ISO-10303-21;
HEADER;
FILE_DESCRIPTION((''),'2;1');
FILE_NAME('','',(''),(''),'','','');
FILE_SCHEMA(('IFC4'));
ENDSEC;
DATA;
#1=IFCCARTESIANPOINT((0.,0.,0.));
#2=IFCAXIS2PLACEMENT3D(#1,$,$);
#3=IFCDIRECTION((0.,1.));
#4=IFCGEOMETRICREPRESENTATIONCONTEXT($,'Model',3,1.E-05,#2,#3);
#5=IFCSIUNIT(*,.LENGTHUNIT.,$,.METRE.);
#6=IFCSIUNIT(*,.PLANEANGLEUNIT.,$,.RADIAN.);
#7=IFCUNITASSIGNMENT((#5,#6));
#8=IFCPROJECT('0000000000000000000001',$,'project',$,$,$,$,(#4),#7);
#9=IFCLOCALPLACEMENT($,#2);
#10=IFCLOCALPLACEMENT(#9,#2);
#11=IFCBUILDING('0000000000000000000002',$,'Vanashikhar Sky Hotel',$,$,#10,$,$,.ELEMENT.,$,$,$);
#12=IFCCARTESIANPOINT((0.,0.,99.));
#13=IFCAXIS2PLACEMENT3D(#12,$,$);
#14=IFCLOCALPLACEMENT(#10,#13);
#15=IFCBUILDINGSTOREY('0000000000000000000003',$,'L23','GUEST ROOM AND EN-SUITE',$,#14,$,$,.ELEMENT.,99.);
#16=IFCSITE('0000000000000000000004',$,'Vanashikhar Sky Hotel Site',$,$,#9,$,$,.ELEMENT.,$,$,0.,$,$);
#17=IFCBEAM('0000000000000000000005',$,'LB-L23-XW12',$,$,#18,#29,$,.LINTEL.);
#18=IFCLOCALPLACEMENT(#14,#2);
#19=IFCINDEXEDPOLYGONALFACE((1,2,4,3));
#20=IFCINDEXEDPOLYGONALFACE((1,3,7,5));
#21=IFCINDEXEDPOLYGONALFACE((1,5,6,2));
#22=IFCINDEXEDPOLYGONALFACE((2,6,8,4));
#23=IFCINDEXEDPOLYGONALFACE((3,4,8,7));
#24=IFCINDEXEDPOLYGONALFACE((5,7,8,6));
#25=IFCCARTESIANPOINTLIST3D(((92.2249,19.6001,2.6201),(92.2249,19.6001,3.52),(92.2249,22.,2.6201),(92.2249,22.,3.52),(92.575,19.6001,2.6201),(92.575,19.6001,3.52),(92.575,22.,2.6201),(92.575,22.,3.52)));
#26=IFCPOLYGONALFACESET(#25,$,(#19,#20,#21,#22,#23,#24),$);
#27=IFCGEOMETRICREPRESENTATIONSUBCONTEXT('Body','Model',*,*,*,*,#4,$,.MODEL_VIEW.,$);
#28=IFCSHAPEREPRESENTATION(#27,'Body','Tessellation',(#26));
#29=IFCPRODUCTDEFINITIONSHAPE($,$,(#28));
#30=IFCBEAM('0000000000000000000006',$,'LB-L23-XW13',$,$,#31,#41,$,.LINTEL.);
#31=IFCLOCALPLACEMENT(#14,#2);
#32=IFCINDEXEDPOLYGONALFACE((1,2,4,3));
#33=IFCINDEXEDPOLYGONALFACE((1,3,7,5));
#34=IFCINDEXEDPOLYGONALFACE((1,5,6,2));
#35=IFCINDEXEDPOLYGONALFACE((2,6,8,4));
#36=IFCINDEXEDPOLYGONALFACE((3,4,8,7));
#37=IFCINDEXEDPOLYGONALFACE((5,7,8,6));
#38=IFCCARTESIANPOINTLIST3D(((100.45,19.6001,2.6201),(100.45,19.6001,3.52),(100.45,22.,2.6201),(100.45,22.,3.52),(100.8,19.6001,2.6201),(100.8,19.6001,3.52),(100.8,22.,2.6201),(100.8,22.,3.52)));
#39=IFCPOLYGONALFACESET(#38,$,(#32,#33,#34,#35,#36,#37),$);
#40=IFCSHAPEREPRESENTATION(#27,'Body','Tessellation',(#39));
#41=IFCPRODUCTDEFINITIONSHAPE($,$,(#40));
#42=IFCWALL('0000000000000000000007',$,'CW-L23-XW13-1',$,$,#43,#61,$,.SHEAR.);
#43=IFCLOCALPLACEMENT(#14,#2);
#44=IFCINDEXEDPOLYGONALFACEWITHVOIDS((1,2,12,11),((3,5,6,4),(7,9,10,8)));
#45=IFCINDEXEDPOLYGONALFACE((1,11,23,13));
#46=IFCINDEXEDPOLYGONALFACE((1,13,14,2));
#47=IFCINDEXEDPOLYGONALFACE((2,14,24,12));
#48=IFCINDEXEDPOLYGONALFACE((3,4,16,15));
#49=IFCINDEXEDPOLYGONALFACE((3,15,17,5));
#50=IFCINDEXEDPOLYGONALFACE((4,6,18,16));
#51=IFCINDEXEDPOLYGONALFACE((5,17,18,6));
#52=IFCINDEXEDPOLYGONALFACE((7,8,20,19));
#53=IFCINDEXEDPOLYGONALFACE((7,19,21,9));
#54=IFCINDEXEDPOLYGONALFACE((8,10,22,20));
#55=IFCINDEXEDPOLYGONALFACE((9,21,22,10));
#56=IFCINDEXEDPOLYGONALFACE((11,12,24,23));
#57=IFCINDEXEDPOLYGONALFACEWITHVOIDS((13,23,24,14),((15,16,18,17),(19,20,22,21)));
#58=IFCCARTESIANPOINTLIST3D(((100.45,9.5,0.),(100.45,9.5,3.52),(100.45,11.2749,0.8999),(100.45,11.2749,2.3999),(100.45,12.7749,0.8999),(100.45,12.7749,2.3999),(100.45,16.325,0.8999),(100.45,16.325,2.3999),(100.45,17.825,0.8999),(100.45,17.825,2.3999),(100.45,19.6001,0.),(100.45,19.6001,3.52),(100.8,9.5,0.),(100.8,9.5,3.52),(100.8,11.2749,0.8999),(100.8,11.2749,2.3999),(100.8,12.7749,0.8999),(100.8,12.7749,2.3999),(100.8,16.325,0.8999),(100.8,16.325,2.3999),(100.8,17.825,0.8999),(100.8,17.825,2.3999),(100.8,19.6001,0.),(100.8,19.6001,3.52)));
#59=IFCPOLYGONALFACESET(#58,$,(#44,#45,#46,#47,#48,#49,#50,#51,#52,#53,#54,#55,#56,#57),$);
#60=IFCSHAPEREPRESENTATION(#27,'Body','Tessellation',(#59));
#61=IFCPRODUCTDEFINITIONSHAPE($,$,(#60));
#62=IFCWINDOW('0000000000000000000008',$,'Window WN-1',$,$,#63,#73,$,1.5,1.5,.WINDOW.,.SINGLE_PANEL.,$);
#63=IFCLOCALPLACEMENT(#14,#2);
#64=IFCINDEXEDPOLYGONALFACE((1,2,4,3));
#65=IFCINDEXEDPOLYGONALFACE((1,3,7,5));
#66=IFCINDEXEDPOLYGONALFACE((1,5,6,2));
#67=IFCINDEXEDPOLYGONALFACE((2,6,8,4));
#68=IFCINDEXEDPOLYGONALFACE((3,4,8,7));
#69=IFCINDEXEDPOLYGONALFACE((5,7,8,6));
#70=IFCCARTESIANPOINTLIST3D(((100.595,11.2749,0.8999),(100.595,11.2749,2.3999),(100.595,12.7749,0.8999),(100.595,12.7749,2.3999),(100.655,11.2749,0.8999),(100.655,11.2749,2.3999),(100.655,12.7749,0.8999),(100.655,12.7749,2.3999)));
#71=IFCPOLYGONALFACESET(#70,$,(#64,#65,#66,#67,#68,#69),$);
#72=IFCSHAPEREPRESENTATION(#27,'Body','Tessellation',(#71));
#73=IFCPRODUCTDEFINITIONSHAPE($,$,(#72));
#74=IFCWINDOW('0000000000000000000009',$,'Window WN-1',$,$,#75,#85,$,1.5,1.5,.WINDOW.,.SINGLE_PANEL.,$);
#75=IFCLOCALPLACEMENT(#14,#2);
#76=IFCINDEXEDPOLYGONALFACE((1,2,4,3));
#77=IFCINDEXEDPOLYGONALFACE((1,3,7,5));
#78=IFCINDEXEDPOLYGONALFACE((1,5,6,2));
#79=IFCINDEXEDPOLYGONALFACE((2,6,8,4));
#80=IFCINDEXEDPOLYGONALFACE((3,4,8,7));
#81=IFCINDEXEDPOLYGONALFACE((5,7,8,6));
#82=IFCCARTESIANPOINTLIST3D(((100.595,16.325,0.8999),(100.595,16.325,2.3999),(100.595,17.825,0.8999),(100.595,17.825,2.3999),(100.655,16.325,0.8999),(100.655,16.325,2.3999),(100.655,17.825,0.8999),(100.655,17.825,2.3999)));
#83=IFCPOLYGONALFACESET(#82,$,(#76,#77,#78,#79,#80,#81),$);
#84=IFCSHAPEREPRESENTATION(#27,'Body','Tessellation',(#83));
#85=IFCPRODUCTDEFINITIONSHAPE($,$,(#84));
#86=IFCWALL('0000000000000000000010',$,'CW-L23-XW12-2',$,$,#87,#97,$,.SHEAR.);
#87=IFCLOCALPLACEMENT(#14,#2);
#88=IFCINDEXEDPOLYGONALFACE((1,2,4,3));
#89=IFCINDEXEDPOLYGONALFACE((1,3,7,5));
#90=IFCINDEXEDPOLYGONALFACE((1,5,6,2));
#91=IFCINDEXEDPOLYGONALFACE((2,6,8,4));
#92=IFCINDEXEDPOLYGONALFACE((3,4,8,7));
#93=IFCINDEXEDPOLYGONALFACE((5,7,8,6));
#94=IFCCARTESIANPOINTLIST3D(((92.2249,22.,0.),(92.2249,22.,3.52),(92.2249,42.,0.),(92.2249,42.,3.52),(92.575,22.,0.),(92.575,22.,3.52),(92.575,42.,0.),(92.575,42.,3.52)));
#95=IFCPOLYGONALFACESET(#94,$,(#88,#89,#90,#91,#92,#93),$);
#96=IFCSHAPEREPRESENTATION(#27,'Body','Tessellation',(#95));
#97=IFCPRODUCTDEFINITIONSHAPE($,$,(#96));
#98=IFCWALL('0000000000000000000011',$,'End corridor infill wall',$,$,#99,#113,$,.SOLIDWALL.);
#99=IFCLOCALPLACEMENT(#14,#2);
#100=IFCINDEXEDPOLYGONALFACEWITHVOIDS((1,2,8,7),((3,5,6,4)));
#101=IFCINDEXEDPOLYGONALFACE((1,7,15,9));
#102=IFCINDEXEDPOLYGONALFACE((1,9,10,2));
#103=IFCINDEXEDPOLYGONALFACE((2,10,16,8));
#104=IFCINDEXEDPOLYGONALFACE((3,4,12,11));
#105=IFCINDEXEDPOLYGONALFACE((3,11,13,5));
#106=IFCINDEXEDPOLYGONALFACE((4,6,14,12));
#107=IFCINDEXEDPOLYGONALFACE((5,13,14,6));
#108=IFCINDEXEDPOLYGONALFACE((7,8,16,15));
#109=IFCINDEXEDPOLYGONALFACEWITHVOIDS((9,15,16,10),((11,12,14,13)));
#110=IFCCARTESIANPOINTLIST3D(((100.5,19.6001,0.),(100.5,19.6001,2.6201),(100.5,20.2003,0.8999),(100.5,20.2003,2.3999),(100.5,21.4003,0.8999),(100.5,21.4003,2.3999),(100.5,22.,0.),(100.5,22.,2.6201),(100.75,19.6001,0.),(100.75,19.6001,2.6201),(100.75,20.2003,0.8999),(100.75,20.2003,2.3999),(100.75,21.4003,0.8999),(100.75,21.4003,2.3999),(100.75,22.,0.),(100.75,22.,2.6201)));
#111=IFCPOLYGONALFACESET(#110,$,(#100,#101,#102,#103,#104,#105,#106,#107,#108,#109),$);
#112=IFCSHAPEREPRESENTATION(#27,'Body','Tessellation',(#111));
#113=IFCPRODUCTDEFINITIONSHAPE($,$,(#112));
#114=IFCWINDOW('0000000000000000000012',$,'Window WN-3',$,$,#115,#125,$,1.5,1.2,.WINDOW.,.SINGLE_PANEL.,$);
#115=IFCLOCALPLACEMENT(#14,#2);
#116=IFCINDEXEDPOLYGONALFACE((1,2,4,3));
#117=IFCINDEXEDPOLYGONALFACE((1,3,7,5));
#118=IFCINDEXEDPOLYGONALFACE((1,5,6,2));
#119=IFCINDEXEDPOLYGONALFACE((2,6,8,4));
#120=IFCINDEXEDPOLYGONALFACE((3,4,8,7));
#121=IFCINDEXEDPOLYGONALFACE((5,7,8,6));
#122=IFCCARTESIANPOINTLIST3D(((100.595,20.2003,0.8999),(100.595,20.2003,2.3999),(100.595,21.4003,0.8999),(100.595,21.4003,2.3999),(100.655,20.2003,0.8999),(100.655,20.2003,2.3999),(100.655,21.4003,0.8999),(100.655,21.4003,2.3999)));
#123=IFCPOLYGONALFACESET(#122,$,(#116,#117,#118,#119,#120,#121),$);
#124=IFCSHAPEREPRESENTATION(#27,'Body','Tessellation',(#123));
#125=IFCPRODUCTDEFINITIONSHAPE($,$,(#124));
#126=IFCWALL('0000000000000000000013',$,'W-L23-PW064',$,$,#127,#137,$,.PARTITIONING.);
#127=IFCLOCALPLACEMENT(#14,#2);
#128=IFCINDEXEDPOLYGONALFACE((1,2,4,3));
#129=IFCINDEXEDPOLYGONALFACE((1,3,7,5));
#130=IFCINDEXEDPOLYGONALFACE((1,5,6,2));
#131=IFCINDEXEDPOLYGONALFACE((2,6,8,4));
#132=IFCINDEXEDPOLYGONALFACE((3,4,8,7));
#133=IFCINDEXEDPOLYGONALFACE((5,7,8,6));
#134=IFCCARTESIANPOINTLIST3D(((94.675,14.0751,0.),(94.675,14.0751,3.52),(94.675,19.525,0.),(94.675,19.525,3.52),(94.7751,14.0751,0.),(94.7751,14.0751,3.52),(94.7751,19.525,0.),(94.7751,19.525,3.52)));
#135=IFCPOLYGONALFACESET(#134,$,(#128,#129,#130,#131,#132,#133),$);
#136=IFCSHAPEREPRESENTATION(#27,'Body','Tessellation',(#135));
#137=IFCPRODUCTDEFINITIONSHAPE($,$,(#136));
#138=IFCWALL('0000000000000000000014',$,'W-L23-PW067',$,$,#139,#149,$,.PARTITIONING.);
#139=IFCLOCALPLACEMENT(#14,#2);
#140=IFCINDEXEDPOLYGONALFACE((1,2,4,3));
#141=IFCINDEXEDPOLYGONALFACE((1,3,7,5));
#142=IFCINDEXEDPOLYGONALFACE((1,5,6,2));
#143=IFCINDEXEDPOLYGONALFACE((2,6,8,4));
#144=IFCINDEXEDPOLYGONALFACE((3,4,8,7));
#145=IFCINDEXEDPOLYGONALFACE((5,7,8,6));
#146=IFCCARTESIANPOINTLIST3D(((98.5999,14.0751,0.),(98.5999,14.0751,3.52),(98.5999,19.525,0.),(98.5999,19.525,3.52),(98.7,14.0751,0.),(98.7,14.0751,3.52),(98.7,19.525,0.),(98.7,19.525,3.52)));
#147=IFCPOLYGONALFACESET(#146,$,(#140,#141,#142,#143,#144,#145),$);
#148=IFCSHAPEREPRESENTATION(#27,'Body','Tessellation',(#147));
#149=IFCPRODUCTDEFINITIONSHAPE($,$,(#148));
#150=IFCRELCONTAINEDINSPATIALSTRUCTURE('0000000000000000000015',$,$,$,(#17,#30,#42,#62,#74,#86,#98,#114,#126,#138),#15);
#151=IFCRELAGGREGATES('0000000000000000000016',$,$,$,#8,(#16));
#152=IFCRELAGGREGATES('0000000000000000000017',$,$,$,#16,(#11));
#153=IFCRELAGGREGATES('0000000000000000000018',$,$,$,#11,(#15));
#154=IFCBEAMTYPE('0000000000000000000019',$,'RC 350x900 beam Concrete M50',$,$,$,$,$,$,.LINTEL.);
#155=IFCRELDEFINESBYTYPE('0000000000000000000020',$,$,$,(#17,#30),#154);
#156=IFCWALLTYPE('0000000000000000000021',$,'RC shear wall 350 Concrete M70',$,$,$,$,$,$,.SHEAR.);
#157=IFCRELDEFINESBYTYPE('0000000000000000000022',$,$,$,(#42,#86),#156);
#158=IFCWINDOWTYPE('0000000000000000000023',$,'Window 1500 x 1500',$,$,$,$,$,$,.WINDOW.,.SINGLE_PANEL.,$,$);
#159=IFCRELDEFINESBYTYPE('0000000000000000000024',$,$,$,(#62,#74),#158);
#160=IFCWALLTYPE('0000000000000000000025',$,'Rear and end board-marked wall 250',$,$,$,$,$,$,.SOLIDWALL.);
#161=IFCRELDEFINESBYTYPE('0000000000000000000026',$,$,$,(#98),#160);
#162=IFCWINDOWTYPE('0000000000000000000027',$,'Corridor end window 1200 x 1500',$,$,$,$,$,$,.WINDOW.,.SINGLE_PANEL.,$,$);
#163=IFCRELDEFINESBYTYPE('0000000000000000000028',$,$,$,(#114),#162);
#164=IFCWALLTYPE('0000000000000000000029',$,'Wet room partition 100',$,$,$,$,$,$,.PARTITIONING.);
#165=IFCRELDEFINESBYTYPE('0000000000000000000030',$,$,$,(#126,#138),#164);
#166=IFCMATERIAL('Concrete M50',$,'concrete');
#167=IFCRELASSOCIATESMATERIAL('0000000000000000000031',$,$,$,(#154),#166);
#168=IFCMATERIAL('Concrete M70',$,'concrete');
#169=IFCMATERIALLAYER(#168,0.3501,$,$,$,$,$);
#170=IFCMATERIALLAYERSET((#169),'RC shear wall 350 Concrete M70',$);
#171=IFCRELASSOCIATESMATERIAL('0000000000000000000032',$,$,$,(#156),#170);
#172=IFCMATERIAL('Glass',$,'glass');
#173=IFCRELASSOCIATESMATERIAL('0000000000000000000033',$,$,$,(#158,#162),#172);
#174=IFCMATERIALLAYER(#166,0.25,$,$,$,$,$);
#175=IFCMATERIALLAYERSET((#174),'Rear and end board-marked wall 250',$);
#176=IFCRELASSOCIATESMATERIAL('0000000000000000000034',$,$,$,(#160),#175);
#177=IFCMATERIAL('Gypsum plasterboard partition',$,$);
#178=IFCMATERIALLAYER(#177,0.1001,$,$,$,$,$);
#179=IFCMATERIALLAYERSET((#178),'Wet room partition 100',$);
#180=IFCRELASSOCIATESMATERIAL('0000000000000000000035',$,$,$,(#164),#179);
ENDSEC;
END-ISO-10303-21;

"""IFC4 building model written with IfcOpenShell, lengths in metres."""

from ifc_helpers import new_model, si_unit, direction, frame, frame_2d, origin, origin_2d, place, context, subcontext, project, spatial, rectangle, extrude, source, transform, mapped, material, layer, layer_set, material_profile, profile_set, type_object, element, fill, save


model = new_model("IFC4")

# Units and contexts
model_context = context("Model", 3, precision=1e-05, world=origin(), true_north=direction((0.0, 1.0)))
body_context = subcontext(model_context, "Body", "Model", "MODEL_VIEW")
ifc_project = project(units=[si_unit("LENGTHUNIT", "METRE"), si_unit("PLANEANGLEUNIT", "RADIAN")], contexts=[model_context])

# Site, building, storey
site_placement = place(None, origin())
site = spatial("IfcSite", under=ifc_project, at=site_placement, Name="Vanashikhar Sky Hotel Site", CompositionType="ELEMENT", RefElevation=0.0)
building_placement = place(site_placement, origin())
building = spatial("IfcBuilding", under=site, at=building_placement, Name="Vanashikhar Sky Hotel", CompositionType="ELEMENT")
storey_placement = place(building_placement, frame((0.0, 0.0, 99.0)))
storey = spatial("IfcBuildingStorey", under=building, at=storey_placement, Name="L23", Description="GUEST ROOM AND EN-SUITE", CompositionType="ELEMENT", Elevation=99.0)

# Beams
ifc_material_1 = material(Name="Concrete M50", Category="concrete")
ifc_material_profile = material_profile(ifc_material_1, rectangle(XDim=0.3501, YDim=0.8999, at=origin_2d()))
ifc_profile_set = profile_set([ifc_material_profile], Name="RC 350x900 beam Concrete M50")
beam_type = type_object("IfcBeamType", Name="RC 350x900 beam Concrete M50", PredefinedType="LINTEL", material=ifc_profile_set)
shared_shape_1 = source(origin(), body_context, "Body", "SweptSolid", [
    extrude(rectangle(XDim=0.3501, YDim=0.8999, at=origin_2d()), origin(), (0.0, 0.0, 1.0), 2.3999),
])
for number, where, z_axis, x_axis, name in (
    (1, (92.3999, 19.6001, 3.0701), (0.0, 1.0, 0.0), (-1.0, 0.0, 0.0), "LB-L23-XW12"),
    (2, (100.625, 19.6001, 3.0701), (0.0, 1.0, 0.0), (-1.0, 0.0, 0.0), "LB-L23-XW13"),
):
    element("IfcBeam", number, at=place(storey_placement, frame(where, z_axis=z_axis, x_axis=x_axis)), inside=storey, type_object=beam_type, Name=name, PredefinedType="LINTEL", context=body_context, shape_type="MappedRepresentation", body=[
        mapped(shared_shape_1, transform((0.0, 0.0, 0.0), scale=1.0)),
    ])

# Wall, openings, windows
ifc_material_2 = material(Name="Concrete M70", Category="concrete")
ifc_layer_1 = layer(ifc_material_2, 0.3501)
ifc_layer_set_1 = layer_set([ifc_layer_1], Name="RC shear wall 350 Concrete M70")
wall_type_1 = type_object("IfcWallType", Name="RC shear wall 350 Concrete M70", PredefinedType="SHEAR", material=ifc_layer_set_1)
shared_shape_2 = source(origin(), body_context, "Body", "SweptSolid", [
    extrude(rectangle(XDim=10.1001, YDim=0.3501, at=frame_2d((5.05, 0.0))), origin(), (0.0, 0.0, 1.0), 3.52),
])
wall_1_placement = place(storey_placement, frame((100.625, 9.5, 0.0), z_axis=(0.0, 0.0, 1.0), x_axis=(0.0, 1.0, 0.0)))
wall_1 = element("IfcWall", 3, at=wall_1_placement, inside=storey, type_object=wall_type_1, Name="CW-L23-XW13-1", PredefinedType="SHEAR", context=body_context, shape_type="MappedRepresentation", body=[
    mapped(shared_shape_2, transform((0.0, 0.0, 0.0), scale=1.0)),
])
shared_shape_3 = source(origin(), body_context, "Body", "SweptSolid", [
    extrude(rectangle(XDim=1.5, YDim=1.5, at=frame_2d((0.75, 0.75))), frame((0.0, 0.1851, 0.0), z_axis=(0.0, -1.0, 0.0), x_axis=(1.0, 0.0, 0.0)), (0.0, 0.0, 1.0), 0.3701),
])
opening_1_placement = place(wall_1_placement, frame((1.7749, 0.0, 0.8999)))
opening_1 = element("IfcOpeningElement", 4, at=opening_1_placement, cuts=wall_1, PredefinedType="OPENING", context=body_context, shape_type="MappedRepresentation", body=[
    mapped(shared_shape_3, transform((0.0, 0.0, 0.0), scale=1.0)),
])
opening_2_placement = place(wall_1_placement, frame((6.825, 0.0, 0.8999)))
opening_2 = element("IfcOpeningElement", 5, at=opening_2_placement, cuts=wall_1, PredefinedType="OPENING", context=body_context, shape_type="MappedRepresentation", body=[
    mapped(shared_shape_3, transform((0.0, 0.0, 0.0), scale=1.0)),
])
ifc_material_3 = material(Name="Glass", Category="glass")
window_type_1 = type_object("IfcWindowType", Name="Window 1500 x 1500", PartitioningType="SINGLE_PANEL", PredefinedType="WINDOW", material=ifc_material_3)
shared_shape_4 = source(origin(), body_context, "Body", "SweptSolid", [
    extrude(rectangle(XDim=1.5, YDim=1.5, at=frame_2d((0.75, 0.75))), frame((0.0, 0.03, 0.0), z_axis=(0.0, -1.0, 0.0), x_axis=(1.0, 0.0, 0.0)), (0.0, 0.0, 1.0), 0.0601),
])
window_1_placement = place(opening_1_placement, origin())
window_1 = element("IfcWindow", 6, at=window_1_placement, inside=storey, type_object=window_type_1, Name="Window WN-1", OverallHeight=1.5, OverallWidth=1.5, PartitioningType="SINGLE_PANEL", PredefinedType="WINDOW", context=body_context, shape_type="MappedRepresentation", body=[
    mapped(shared_shape_4, transform((0.0, 0.0, 0.0), scale=1.0)),
])
fill(opening_1, window_1)
window_2_placement = place(opening_2_placement, origin())
window_2 = element("IfcWindow", 7, at=window_2_placement, inside=storey, type_object=window_type_1, Name="Window WN-1", OverallHeight=1.5, OverallWidth=1.5, PartitioningType="SINGLE_PANEL", PredefinedType="WINDOW", context=body_context, shape_type="MappedRepresentation", body=[
    mapped(shared_shape_4, transform((0.0, 0.0, 0.0), scale=1.0)),
])
fill(opening_2, window_2)

# Wall
shared_shape_5 = source(origin(), body_context, "Body", "SweptSolid", [
    extrude(rectangle(XDim=20.0, YDim=0.3501, at=frame_2d((10.0, 0.0))), origin(), (0.0, 0.0, 1.0), 3.52),
])
wall_2_placement = place(storey_placement, frame((92.3999, 22.0, 0.0), z_axis=(0.0, 0.0, 1.0), x_axis=(0.0, 1.0, 0.0)))
element("IfcWall", 8, at=wall_2_placement, inside=storey, type_object=wall_type_1, Name="CW-L23-XW12-2", PredefinedType="SHEAR", context=body_context, shape_type="MappedRepresentation", body=[
    mapped(shared_shape_5, transform((0.0, 0.0, 0.0), scale=1.0)),
])

# Wall, opening, window
ifc_layer_2 = layer(ifc_material_1, 0.25)
ifc_layer_set_2 = layer_set([ifc_layer_2], Name="Rear and end board-marked wall 250")
wall_type_2 = type_object("IfcWallType", Name="Rear and end board-marked wall 250", PredefinedType="SOLIDWALL", material=ifc_layer_set_2)
shared_shape_6 = source(origin(), body_context, "Body", "SweptSolid", [
    extrude(rectangle(XDim=2.3999, YDim=0.25, at=frame_2d((1.2, 0.0))), origin(), (0.0, 0.0, 1.0), 2.6201),
])
wall_3_placement = place(storey_placement, frame((100.625, 19.6001, 0.0), z_axis=(0.0, 0.0, 1.0), x_axis=(0.0, 1.0, 0.0)))
wall_3 = element("IfcWall", 9, at=wall_3_placement, inside=storey, type_object=wall_type_2, Name="End corridor infill wall", PredefinedType="SOLIDWALL", context=body_context, shape_type="MappedRepresentation", body=[
    mapped(shared_shape_6, transform((0.0, 0.0, 0.0), scale=1.0)),
])
shared_shape_7 = source(origin(), body_context, "Body", "SweptSolid", [
    extrude(rectangle(XDim=1.2, YDim=1.5, at=frame_2d((0.6001, 0.75))), frame((0.0, 0.135, 0.0), z_axis=(0.0, -1.0, 0.0), x_axis=(1.0, 0.0, 0.0)), (0.0, 0.0, 1.0), 0.27),
])
opening_3_placement = place(wall_3_placement, frame((0.6001, 0.0, 0.8999)))
opening_3 = element("IfcOpeningElement", 10, at=opening_3_placement, cuts=wall_3, PredefinedType="OPENING", context=body_context, shape_type="MappedRepresentation", body=[
    mapped(shared_shape_7, transform((0.0, 0.0, 0.0), scale=1.0)),
])
window_type_2 = type_object("IfcWindowType", Name="Corridor end window 1200 x 1500", PartitioningType="SINGLE_PANEL", PredefinedType="WINDOW", material=ifc_material_3)
shared_shape_8 = source(origin(), body_context, "Body", "SweptSolid", [
    extrude(rectangle(XDim=1.2, YDim=1.5, at=frame_2d((0.6001, 0.75))), frame((0.0, 0.03, 0.0), z_axis=(0.0, -1.0, 0.0), x_axis=(1.0, 0.0, 0.0)), (0.0, 0.0, 1.0), 0.0601),
])
window_3_placement = place(opening_3_placement, origin())
window_3 = element("IfcWindow", 11, at=window_3_placement, inside=storey, type_object=window_type_2, Name="Window WN-3", OverallHeight=1.5, OverallWidth=1.2, PartitioningType="SINGLE_PANEL", PredefinedType="WINDOW", context=body_context, shape_type="MappedRepresentation", body=[
    mapped(shared_shape_8, transform((0.0, 0.0, 0.0), scale=1.0)),
])
fill(opening_3, window_3)

# Walls
ifc_material_4 = material(Name="Gypsum plasterboard partition")
ifc_layer_3 = layer(ifc_material_4, 0.1001)
ifc_layer_set_3 = layer_set([ifc_layer_3], Name="Wet room partition 100")
wall_type_3 = type_object("IfcWallType", Name="Wet room partition 100", PredefinedType="PARTITIONING", material=ifc_layer_set_3)
shared_shape_9 = source(origin(), body_context, "Body", "SweptSolid", [
    extrude(rectangle(XDim=5.45, YDim=0.1001, at=frame_2d((2.7251, 0.0))), origin(), (0.0, 0.0, 1.0), 3.52),
])
for number, where, z_axis, x_axis, name in (
    (12, (94.7251, 14.075, 0.0), (0.0, 0.0, 1.0), (0.0, 1.0, 0.0), "W-L23-PW064"),
    (13, (98.6499, 14.075, 0.0), (0.0, 0.0, 1.0), (0.0, 1.0, 0.0), "W-L23-PW067"),
):
    element("IfcWall", number, at=place(storey_placement, frame(where, z_axis=z_axis, x_axis=x_axis)), inside=storey, type_object=wall_type_3, Name=name, PredefinedType="PARTITIONING", context=body_context, shape_type="MappedRepresentation", body=[
        mapped(shared_shape_9, transform((0.0, 0.0, 0.0), scale=1.0)),
    ])

save(model, "model.ifc")
